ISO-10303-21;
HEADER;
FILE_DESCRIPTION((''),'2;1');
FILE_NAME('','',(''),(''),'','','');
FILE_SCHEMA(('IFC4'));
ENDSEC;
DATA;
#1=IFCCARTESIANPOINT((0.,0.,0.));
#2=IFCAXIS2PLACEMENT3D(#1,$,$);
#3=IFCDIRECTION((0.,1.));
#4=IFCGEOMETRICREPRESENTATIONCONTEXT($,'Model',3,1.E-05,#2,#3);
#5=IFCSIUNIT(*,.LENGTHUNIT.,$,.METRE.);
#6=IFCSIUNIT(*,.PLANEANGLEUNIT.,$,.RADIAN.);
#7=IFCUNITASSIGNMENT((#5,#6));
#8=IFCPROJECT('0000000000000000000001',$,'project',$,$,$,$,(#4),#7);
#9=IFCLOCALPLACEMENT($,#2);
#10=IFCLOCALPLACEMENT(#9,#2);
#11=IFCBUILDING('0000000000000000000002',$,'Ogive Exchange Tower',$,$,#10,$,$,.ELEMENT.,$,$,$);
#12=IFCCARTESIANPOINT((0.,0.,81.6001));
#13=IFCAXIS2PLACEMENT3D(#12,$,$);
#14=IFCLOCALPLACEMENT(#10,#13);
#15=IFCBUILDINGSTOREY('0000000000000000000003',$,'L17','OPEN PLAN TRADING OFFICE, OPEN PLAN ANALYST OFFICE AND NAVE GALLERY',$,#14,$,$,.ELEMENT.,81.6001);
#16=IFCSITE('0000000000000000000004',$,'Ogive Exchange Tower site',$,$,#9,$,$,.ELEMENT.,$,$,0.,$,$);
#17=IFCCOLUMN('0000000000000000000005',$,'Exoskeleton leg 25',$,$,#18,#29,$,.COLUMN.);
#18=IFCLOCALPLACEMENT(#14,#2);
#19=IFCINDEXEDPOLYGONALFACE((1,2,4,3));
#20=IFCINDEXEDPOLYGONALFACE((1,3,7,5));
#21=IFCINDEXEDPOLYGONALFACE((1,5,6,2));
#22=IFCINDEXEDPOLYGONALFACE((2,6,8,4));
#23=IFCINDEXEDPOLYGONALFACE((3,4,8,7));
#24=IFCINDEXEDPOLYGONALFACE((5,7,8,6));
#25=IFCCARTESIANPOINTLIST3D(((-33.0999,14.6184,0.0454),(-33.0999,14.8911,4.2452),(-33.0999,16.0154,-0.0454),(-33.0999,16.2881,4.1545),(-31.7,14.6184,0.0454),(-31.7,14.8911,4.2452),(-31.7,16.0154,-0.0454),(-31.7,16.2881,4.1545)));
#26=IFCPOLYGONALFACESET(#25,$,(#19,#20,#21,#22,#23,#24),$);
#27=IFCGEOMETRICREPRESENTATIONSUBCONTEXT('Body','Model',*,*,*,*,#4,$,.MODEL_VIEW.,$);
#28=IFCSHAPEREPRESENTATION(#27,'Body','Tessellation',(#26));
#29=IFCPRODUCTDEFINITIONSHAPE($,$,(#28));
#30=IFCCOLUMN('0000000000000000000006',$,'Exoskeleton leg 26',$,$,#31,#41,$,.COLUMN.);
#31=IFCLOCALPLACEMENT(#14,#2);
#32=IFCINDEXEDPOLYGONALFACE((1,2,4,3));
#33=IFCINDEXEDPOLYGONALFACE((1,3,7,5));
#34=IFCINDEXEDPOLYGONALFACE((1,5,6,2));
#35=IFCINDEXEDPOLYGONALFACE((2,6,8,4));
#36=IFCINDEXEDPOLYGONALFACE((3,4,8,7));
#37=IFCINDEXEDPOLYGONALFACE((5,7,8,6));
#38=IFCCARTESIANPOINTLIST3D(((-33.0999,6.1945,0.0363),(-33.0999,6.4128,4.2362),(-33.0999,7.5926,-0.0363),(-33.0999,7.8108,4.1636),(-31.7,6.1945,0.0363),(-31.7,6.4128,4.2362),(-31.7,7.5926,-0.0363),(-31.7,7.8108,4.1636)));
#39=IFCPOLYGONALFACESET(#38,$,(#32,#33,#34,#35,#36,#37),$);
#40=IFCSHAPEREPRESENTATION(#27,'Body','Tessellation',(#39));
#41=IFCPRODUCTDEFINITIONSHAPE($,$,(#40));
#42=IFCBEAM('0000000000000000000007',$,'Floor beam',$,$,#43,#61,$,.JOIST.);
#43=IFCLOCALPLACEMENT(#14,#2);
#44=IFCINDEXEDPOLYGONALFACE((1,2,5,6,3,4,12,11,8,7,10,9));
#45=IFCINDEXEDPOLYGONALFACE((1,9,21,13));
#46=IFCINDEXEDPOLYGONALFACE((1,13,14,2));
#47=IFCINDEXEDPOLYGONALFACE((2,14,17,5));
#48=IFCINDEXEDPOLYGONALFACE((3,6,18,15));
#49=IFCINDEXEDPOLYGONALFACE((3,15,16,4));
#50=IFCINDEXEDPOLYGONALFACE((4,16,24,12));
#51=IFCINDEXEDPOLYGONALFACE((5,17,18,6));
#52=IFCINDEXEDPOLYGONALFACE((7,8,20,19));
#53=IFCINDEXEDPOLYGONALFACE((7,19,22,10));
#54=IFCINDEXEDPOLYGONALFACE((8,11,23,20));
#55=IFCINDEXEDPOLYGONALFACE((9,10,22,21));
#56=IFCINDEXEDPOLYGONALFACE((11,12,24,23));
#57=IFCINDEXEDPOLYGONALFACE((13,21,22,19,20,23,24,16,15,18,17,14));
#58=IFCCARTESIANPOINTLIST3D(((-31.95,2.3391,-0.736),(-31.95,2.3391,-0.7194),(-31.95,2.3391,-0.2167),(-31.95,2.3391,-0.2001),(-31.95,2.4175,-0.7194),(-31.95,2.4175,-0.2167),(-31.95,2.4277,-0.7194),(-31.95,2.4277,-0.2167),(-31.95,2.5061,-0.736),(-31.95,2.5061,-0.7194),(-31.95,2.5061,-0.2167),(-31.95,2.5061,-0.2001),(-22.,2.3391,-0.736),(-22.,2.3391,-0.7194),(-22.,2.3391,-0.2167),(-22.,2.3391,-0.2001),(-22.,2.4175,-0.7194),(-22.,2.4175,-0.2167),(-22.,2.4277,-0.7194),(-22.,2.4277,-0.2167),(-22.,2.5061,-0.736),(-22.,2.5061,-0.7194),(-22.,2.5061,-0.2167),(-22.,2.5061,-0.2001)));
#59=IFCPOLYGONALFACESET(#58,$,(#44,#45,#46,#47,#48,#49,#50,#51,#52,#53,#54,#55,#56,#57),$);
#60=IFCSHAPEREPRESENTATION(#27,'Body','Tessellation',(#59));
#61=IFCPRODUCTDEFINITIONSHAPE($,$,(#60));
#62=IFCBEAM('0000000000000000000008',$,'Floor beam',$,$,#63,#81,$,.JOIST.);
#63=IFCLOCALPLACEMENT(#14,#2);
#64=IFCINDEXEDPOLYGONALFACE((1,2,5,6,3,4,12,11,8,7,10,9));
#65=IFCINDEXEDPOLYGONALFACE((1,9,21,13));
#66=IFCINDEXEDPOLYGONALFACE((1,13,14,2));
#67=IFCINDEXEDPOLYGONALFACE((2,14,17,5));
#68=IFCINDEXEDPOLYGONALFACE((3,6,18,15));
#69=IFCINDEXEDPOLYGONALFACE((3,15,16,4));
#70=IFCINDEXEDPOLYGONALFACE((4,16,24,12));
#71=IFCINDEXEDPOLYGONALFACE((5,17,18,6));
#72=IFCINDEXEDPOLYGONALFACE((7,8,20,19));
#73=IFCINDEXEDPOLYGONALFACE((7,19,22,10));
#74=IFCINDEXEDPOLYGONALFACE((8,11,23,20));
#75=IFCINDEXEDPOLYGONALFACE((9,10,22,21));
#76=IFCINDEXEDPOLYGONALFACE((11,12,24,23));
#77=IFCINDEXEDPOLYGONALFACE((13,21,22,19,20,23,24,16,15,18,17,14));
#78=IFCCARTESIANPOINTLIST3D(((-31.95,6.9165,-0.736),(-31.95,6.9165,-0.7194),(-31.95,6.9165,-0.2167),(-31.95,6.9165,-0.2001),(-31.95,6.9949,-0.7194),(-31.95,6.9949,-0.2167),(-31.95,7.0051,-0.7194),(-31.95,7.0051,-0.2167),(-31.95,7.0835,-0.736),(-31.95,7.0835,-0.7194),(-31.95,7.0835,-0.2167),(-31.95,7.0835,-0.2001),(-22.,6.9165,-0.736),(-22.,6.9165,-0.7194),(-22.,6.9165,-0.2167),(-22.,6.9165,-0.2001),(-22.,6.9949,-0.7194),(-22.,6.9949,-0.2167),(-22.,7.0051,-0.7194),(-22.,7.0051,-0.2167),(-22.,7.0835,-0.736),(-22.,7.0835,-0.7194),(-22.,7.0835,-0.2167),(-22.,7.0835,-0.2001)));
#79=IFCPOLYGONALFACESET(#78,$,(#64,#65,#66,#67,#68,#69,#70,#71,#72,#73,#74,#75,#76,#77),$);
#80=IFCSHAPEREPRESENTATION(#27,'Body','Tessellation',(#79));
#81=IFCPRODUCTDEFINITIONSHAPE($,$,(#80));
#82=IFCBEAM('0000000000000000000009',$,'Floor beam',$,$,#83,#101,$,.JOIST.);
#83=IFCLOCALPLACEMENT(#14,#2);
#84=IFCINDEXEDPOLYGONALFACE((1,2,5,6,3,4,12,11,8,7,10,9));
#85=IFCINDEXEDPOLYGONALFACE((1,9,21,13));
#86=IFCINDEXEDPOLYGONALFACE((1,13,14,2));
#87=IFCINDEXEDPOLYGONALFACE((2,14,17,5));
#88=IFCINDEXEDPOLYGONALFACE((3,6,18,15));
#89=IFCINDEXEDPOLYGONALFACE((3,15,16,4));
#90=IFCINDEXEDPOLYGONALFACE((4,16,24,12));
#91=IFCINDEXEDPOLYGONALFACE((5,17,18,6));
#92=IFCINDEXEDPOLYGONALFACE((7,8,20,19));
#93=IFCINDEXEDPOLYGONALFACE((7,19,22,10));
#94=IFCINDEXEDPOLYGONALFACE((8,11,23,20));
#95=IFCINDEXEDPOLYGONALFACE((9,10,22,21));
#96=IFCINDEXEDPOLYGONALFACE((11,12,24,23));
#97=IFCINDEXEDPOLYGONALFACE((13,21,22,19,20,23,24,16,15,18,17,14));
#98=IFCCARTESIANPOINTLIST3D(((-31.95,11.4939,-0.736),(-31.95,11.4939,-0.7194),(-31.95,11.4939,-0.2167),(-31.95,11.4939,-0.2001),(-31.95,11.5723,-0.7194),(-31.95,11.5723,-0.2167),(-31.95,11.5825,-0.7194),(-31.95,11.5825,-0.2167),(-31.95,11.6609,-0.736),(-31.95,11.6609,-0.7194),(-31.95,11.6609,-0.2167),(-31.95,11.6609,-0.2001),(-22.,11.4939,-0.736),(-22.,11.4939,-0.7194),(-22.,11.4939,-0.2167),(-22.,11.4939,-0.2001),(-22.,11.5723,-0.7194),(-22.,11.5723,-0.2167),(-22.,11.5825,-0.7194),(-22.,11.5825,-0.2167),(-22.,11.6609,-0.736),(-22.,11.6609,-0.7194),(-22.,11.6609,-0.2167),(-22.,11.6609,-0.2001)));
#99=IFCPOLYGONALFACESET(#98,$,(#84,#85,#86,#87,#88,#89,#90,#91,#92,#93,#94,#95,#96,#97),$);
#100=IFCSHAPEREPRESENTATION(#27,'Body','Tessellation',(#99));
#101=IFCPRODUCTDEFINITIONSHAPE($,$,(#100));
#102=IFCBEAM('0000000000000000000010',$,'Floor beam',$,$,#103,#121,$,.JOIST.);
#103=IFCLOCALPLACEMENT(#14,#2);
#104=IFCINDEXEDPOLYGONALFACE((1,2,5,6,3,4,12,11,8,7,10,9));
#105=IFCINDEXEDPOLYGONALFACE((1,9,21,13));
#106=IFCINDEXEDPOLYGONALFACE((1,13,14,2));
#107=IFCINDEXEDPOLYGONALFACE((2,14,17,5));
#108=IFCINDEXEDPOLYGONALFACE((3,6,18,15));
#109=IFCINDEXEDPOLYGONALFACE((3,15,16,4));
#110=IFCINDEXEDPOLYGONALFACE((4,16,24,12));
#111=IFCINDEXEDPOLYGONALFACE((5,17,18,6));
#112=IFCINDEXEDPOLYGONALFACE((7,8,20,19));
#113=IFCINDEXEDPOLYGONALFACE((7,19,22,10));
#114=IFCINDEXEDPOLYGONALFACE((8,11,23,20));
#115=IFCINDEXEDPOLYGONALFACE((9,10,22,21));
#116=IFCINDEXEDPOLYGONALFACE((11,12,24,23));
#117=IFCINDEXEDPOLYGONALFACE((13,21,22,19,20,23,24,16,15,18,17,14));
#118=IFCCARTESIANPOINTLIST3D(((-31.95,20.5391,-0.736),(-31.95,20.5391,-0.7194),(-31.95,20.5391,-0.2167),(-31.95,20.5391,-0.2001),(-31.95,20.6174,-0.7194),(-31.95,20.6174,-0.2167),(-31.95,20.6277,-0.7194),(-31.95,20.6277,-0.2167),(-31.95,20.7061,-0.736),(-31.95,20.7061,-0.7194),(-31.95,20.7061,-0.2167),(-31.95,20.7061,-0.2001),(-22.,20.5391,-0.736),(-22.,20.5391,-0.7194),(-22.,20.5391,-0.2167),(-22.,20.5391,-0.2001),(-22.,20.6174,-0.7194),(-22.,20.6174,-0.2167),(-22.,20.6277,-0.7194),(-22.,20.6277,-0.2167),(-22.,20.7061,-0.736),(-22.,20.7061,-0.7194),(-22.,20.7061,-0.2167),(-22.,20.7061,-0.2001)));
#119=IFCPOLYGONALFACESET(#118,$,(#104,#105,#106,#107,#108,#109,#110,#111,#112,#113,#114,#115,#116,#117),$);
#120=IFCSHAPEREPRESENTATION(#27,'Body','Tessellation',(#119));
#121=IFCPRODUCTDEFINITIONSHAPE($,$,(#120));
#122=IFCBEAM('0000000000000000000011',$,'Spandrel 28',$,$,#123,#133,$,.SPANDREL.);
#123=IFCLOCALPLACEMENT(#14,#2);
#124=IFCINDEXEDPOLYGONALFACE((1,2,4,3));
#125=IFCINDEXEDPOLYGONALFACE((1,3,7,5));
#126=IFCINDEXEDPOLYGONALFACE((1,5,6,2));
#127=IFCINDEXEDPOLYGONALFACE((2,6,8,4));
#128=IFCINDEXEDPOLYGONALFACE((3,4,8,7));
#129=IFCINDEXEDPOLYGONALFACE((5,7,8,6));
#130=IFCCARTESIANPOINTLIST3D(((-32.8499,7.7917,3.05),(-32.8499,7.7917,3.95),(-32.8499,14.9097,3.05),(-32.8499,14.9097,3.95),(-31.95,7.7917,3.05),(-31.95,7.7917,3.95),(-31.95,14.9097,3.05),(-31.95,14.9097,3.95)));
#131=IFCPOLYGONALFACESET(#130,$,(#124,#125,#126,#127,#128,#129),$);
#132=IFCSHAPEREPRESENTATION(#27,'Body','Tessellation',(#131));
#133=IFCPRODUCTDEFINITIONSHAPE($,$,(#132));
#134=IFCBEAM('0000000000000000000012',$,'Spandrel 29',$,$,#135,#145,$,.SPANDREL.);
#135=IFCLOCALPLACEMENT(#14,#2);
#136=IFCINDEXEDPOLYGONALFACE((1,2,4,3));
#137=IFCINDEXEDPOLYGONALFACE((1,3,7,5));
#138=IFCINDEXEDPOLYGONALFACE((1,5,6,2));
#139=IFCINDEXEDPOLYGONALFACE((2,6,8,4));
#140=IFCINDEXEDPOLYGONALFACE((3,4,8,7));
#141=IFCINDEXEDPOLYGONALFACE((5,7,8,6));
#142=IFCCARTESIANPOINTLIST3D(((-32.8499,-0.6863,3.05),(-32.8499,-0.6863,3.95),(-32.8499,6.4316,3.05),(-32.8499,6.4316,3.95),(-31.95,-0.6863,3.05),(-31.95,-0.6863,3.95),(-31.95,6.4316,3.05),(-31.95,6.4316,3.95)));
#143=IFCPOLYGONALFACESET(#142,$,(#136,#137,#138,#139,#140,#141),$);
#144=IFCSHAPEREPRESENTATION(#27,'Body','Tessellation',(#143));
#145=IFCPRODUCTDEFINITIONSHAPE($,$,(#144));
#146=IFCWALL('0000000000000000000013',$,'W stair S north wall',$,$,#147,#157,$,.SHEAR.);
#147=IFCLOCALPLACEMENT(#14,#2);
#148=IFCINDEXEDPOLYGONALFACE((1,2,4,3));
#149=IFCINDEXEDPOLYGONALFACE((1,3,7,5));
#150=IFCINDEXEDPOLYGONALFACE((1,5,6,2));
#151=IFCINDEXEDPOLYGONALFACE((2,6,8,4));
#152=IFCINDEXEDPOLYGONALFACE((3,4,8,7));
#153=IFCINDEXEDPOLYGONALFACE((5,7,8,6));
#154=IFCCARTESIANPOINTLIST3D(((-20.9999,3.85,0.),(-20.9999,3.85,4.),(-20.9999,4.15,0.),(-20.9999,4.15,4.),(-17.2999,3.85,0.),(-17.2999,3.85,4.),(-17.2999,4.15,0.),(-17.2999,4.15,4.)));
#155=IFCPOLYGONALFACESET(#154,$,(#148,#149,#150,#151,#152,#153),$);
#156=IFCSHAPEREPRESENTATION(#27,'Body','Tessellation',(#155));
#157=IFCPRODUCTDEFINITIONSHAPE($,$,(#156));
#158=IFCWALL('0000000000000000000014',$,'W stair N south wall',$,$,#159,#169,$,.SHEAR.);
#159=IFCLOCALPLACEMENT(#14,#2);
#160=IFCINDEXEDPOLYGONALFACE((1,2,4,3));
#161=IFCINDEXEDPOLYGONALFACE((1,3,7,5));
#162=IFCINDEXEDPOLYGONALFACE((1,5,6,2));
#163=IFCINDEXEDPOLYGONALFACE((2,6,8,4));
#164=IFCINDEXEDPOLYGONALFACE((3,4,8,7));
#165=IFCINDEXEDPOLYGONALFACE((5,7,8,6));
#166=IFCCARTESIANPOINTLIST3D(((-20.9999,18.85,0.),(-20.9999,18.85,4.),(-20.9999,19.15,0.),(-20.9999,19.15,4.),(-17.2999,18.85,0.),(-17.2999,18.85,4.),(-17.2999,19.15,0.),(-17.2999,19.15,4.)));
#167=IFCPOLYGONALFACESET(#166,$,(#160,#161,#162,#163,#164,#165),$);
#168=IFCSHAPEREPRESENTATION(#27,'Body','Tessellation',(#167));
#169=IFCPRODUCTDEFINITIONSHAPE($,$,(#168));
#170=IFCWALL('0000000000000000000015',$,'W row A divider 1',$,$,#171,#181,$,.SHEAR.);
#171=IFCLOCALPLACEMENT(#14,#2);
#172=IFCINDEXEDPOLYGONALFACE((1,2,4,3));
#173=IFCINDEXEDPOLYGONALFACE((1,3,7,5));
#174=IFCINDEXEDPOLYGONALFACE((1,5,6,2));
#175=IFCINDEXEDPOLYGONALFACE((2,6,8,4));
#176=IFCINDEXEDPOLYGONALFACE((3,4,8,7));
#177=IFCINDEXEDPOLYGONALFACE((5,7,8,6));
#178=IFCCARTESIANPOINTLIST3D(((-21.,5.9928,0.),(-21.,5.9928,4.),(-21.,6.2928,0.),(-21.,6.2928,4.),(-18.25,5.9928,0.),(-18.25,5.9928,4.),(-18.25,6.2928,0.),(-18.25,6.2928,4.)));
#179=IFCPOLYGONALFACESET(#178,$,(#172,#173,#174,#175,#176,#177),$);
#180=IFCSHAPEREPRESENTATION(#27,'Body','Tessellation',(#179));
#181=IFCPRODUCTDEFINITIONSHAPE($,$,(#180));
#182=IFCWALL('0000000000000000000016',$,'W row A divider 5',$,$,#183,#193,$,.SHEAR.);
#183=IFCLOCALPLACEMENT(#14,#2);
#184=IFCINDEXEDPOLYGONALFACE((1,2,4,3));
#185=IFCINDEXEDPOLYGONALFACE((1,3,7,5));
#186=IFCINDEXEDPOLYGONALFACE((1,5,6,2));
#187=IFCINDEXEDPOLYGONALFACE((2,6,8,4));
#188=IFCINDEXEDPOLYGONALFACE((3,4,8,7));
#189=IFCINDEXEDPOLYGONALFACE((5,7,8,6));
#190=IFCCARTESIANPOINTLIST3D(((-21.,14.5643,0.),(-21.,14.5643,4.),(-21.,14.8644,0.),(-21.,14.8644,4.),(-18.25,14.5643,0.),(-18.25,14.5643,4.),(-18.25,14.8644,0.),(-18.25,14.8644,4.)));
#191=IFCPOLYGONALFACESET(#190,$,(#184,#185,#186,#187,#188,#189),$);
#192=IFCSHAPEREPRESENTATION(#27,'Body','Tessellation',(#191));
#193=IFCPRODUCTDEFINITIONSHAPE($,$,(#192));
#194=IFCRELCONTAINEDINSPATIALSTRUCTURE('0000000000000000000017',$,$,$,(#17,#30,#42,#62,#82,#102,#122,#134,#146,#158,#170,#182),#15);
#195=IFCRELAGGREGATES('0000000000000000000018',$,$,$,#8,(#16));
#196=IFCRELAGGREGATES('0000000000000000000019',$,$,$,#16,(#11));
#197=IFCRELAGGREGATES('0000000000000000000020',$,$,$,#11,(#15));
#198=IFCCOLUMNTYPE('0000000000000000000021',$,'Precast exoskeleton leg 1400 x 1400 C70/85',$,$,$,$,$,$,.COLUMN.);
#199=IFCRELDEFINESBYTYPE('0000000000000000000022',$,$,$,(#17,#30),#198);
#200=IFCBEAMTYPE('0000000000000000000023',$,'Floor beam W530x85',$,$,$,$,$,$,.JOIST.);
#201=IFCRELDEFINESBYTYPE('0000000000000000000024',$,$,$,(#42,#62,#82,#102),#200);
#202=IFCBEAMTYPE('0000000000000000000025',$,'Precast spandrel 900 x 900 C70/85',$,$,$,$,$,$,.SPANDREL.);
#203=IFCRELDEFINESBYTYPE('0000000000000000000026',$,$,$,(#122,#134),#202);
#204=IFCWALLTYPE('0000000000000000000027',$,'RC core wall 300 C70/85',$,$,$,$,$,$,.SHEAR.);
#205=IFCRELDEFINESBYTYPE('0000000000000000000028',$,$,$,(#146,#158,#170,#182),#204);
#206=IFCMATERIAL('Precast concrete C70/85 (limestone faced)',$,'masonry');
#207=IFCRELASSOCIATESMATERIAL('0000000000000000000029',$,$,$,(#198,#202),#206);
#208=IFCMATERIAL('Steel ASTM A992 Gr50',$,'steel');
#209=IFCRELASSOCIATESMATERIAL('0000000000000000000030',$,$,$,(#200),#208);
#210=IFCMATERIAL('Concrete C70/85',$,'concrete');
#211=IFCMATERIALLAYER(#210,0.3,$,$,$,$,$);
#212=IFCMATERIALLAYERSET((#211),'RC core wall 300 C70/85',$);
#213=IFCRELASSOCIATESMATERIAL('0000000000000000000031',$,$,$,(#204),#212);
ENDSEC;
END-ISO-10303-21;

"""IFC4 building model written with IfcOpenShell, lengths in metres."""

from ifc_helpers import new_model, si_unit, direction, frame, frame_2d, origin, origin_2d, place, context, subcontext, project, spatial, rectangle, i_section, extrude, material, layer, layer_set, material_profile, profile_set, type_object, element, save


model = new_model("IFC4")

# Units and contexts
model_context = context("Model", 3, precision=1e-05, world=origin(), true_north=direction((0.0, 1.0)))
body_context = subcontext(model_context, "Body", "Model", "MODEL_VIEW")
ifc_project = project(units=[si_unit("LENGTHUNIT", "METRE"), si_unit("PLANEANGLEUNIT", "RADIAN")], contexts=[model_context])

# Site, building, storey
site_placement = place(None, origin())
site = spatial("IfcSite", under=ifc_project, at=site_placement, Name="Ogive Exchange Tower site", CompositionType="ELEMENT", RefElevation=0.0)
building_placement = place(site_placement, origin())
building = spatial("IfcBuilding", under=site, at=building_placement, Name="Ogive Exchange Tower", CompositionType="ELEMENT")
storey_placement = place(building_placement, frame((0.0, 0.0, 81.6001)))
storey = spatial("IfcBuildingStorey", under=building, at=storey_placement, Name="L17", Description="OPEN PLAN TRADING OFFICE, OPEN PLAN ANALYST OFFICE AND NAVE GALLERY", CompositionType="ELEMENT", Elevation=81.6001)

# Columns
ifc_material_1 = material(Name="Precast concrete C70/85 (limestone faced)", Category="masonry")
ifc_material_profile_1 = material_profile(ifc_material_1, rectangle(XDim=1.3999, YDim=1.3999, at=origin_2d()), Name="1400 x 1400")
ifc_profile_set_1 = profile_set([ifc_material_profile_1], Name="Precast concrete C70/85 (limestone faced)")
column_type = type_object("IfcColumnType", Name="Precast exoskeleton leg 1400 x 1400 C70/85", PredefinedType="COLUMN", material=ifc_profile_set_1)
column_1_placement = place(storey_placement, frame((-32.3999, 15.3169, 0.0), z_axis=(0.0, 0.064794, 0.997899), x_axis=(-1.0, 0.0, 0.0)))
element("IfcColumn", 1, at=column_1_placement, inside=storey, type_object=column_type, Name="Exoskeleton leg 25", PredefinedType="COLUMN", context=body_context, shape_type="SweptSolid", body=[
    extrude(rectangle(XDim=1.3999, YDim=1.3999, at=origin_2d()), origin(), (0.0, 0.0, 1.0), 4.2087),
])
column_2_placement = place(storey_placement, frame((-32.3999, 6.8936, 0.0), z_axis=(0.0, 0.051898, 0.998652), x_axis=(-1.0, 0.0, 0.0)))
element("IfcColumn", 2, at=column_2_placement, inside=storey, type_object=column_type, Name="Exoskeleton leg 26", PredefinedType="COLUMN", context=body_context, shape_type="SweptSolid", body=[
    extrude(rectangle(XDim=1.3999, YDim=1.3999, at=origin_2d()), origin(), (0.0, 0.0, 1.0), 4.2056),
])

# Beams
ifc_material_2 = material(Name="Steel ASTM A992 Gr50", Category="steel")
ifc_material_profile_2 = material_profile(ifc_material_2, i_section(OverallWidth=0.167, OverallDepth=0.5359, WebThickness=0.0103, FlangeThickness=0.0166, at=origin_2d()), Name="W530x85")
ifc_profile_set_2 = profile_set([ifc_material_profile_2], Name="Steel ASTM A992 Gr50")
beam_type_1 = type_object("IfcBeamType", Name="Floor beam W530x85", PredefinedType="JOIST", material=ifc_profile_set_2)
for number, where, z_axis, x_axis, name in (
    (3, (-31.95, 2.4226, -0.468), (1.0, 0.0, 0.0), (0.0, 1.0, 0.0), "Floor beam"),
    (4, (-31.95, 7.0, -0.468), (1.0, 0.0, 0.0), (0.0, 1.0, 0.0), "Floor beam"),
    (5, (-31.95, 11.5774, -0.468), (1.0, 0.0, 0.0), (0.0, 1.0, 0.0), "Floor beam"),
    (6, (-31.95, 20.6226, -0.468), (1.0, 0.0, 0.0), (0.0, 1.0, 0.0), "Floor beam"),
):
    element("IfcBeam", number, at=place(storey_placement, frame(where, z_axis=z_axis, x_axis=x_axis)), inside=storey, type_object=beam_type_1, Name=name, PredefinedType="JOIST", context=body_context, shape_type="SweptSolid", body=[
        extrude(i_section(OverallWidth=0.167, OverallDepth=0.5359, WebThickness=0.0103, FlangeThickness=0.0166, at=origin_2d()), origin(), (0.0, 0.0, 1.0), 9.95),
    ])
ifc_material_profile_3 = material_profile(ifc_material_1, rectangle(XDim=0.8999, YDim=0.8999, at=origin_2d()), Name="900 x 900")
ifc_profile_set_3 = profile_set([ifc_material_profile_3], Name="Precast concrete C70/85 (limestone faced)")
beam_type_2 = type_object("IfcBeamType", Name="Precast spandrel 900 x 900 C70/85", PredefinedType="SPANDREL", material=ifc_profile_set_3)
for number, where, z_axis, x_axis, name in (
    (7, (-32.3999, 14.9097, 3.5), (0.0, -1.0, 0.0), (1.0, 0.0, 0.0), "Spandrel 28"),
    (8, (-32.3999, 6.4316, 3.5), (0.0, -1.0, 0.0), (1.0, 0.0, 0.0), "Spandrel 29"),
):
    element("IfcBeam", number, at=place(storey_placement, frame(where, z_axis=z_axis, x_axis=x_axis)), inside=storey, type_object=beam_type_2, Name=name, PredefinedType="SPANDREL", context=body_context, shape_type="SweptSolid", body=[
        extrude(rectangle(XDim=0.8999, YDim=0.8999, at=origin_2d()), origin(), (0.0, 0.0, 1.0), 7.1179),
    ])

# Walls
ifc_material_3 = material(Name="Concrete C70/85", Category="concrete")
ifc_layer = layer(ifc_material_3, 0.3)
ifc_layer_set = layer_set([ifc_layer], Name="RC core wall 300 C70/85")
wall_type = type_object("IfcWallType", Name="RC core wall 300 C70/85", PredefinedType="SHEAR", material=ifc_layer_set)
for number, where, z_axis, x_axis, name in (
    (9, (-21.0, 4.0, 0.0), (0.0, 0.0, 1.0), (1.0, 0.0, 0.0), "W stair S north wall"),
    (10, (-21.0, 19.0, 0.0), (0.0, 0.0, 1.0), (1.0, 0.0, 0.0), "W stair N south wall"),
):
    element("IfcWall", number, at=place(storey_placement, frame(where, z_axis=z_axis, x_axis=x_axis)), inside=storey, type_object=wall_type, Name=name, PredefinedType="SHEAR", context=body_context, shape_type="SweptSolid", body=[
        extrude(rectangle(XDim=3.7, YDim=0.3, at=frame_2d((1.8501, 0.0))), origin(), (0.0, 0.0, 1.0), 4.0),
    ])
for number, where, z_axis, x_axis, name in (
    (11, (-21.0, 6.1428, 0.0), (0.0, 0.0, 1.0), (1.0, 0.0, 0.0), "W row A divider 1"),
    (12, (-21.0, 14.7144, 0.0), (0.0, 0.0, 1.0), (1.0, 0.0, 0.0), "W row A divider 5"),
):
    element("IfcWall", number, at=place(storey_placement, frame(where, z_axis=z_axis, x_axis=x_axis)), inside=storey, type_object=wall_type, Name=name, PredefinedType="SHEAR", context=body_context, shape_type="SweptSolid", body=[
        extrude(rectangle(XDim=2.75, YDim=0.3, at=frame_2d((1.375, 0.0))), origin(), (0.0, 0.0, 1.0), 4.0),
    ])

save(model, "model.ifc")
